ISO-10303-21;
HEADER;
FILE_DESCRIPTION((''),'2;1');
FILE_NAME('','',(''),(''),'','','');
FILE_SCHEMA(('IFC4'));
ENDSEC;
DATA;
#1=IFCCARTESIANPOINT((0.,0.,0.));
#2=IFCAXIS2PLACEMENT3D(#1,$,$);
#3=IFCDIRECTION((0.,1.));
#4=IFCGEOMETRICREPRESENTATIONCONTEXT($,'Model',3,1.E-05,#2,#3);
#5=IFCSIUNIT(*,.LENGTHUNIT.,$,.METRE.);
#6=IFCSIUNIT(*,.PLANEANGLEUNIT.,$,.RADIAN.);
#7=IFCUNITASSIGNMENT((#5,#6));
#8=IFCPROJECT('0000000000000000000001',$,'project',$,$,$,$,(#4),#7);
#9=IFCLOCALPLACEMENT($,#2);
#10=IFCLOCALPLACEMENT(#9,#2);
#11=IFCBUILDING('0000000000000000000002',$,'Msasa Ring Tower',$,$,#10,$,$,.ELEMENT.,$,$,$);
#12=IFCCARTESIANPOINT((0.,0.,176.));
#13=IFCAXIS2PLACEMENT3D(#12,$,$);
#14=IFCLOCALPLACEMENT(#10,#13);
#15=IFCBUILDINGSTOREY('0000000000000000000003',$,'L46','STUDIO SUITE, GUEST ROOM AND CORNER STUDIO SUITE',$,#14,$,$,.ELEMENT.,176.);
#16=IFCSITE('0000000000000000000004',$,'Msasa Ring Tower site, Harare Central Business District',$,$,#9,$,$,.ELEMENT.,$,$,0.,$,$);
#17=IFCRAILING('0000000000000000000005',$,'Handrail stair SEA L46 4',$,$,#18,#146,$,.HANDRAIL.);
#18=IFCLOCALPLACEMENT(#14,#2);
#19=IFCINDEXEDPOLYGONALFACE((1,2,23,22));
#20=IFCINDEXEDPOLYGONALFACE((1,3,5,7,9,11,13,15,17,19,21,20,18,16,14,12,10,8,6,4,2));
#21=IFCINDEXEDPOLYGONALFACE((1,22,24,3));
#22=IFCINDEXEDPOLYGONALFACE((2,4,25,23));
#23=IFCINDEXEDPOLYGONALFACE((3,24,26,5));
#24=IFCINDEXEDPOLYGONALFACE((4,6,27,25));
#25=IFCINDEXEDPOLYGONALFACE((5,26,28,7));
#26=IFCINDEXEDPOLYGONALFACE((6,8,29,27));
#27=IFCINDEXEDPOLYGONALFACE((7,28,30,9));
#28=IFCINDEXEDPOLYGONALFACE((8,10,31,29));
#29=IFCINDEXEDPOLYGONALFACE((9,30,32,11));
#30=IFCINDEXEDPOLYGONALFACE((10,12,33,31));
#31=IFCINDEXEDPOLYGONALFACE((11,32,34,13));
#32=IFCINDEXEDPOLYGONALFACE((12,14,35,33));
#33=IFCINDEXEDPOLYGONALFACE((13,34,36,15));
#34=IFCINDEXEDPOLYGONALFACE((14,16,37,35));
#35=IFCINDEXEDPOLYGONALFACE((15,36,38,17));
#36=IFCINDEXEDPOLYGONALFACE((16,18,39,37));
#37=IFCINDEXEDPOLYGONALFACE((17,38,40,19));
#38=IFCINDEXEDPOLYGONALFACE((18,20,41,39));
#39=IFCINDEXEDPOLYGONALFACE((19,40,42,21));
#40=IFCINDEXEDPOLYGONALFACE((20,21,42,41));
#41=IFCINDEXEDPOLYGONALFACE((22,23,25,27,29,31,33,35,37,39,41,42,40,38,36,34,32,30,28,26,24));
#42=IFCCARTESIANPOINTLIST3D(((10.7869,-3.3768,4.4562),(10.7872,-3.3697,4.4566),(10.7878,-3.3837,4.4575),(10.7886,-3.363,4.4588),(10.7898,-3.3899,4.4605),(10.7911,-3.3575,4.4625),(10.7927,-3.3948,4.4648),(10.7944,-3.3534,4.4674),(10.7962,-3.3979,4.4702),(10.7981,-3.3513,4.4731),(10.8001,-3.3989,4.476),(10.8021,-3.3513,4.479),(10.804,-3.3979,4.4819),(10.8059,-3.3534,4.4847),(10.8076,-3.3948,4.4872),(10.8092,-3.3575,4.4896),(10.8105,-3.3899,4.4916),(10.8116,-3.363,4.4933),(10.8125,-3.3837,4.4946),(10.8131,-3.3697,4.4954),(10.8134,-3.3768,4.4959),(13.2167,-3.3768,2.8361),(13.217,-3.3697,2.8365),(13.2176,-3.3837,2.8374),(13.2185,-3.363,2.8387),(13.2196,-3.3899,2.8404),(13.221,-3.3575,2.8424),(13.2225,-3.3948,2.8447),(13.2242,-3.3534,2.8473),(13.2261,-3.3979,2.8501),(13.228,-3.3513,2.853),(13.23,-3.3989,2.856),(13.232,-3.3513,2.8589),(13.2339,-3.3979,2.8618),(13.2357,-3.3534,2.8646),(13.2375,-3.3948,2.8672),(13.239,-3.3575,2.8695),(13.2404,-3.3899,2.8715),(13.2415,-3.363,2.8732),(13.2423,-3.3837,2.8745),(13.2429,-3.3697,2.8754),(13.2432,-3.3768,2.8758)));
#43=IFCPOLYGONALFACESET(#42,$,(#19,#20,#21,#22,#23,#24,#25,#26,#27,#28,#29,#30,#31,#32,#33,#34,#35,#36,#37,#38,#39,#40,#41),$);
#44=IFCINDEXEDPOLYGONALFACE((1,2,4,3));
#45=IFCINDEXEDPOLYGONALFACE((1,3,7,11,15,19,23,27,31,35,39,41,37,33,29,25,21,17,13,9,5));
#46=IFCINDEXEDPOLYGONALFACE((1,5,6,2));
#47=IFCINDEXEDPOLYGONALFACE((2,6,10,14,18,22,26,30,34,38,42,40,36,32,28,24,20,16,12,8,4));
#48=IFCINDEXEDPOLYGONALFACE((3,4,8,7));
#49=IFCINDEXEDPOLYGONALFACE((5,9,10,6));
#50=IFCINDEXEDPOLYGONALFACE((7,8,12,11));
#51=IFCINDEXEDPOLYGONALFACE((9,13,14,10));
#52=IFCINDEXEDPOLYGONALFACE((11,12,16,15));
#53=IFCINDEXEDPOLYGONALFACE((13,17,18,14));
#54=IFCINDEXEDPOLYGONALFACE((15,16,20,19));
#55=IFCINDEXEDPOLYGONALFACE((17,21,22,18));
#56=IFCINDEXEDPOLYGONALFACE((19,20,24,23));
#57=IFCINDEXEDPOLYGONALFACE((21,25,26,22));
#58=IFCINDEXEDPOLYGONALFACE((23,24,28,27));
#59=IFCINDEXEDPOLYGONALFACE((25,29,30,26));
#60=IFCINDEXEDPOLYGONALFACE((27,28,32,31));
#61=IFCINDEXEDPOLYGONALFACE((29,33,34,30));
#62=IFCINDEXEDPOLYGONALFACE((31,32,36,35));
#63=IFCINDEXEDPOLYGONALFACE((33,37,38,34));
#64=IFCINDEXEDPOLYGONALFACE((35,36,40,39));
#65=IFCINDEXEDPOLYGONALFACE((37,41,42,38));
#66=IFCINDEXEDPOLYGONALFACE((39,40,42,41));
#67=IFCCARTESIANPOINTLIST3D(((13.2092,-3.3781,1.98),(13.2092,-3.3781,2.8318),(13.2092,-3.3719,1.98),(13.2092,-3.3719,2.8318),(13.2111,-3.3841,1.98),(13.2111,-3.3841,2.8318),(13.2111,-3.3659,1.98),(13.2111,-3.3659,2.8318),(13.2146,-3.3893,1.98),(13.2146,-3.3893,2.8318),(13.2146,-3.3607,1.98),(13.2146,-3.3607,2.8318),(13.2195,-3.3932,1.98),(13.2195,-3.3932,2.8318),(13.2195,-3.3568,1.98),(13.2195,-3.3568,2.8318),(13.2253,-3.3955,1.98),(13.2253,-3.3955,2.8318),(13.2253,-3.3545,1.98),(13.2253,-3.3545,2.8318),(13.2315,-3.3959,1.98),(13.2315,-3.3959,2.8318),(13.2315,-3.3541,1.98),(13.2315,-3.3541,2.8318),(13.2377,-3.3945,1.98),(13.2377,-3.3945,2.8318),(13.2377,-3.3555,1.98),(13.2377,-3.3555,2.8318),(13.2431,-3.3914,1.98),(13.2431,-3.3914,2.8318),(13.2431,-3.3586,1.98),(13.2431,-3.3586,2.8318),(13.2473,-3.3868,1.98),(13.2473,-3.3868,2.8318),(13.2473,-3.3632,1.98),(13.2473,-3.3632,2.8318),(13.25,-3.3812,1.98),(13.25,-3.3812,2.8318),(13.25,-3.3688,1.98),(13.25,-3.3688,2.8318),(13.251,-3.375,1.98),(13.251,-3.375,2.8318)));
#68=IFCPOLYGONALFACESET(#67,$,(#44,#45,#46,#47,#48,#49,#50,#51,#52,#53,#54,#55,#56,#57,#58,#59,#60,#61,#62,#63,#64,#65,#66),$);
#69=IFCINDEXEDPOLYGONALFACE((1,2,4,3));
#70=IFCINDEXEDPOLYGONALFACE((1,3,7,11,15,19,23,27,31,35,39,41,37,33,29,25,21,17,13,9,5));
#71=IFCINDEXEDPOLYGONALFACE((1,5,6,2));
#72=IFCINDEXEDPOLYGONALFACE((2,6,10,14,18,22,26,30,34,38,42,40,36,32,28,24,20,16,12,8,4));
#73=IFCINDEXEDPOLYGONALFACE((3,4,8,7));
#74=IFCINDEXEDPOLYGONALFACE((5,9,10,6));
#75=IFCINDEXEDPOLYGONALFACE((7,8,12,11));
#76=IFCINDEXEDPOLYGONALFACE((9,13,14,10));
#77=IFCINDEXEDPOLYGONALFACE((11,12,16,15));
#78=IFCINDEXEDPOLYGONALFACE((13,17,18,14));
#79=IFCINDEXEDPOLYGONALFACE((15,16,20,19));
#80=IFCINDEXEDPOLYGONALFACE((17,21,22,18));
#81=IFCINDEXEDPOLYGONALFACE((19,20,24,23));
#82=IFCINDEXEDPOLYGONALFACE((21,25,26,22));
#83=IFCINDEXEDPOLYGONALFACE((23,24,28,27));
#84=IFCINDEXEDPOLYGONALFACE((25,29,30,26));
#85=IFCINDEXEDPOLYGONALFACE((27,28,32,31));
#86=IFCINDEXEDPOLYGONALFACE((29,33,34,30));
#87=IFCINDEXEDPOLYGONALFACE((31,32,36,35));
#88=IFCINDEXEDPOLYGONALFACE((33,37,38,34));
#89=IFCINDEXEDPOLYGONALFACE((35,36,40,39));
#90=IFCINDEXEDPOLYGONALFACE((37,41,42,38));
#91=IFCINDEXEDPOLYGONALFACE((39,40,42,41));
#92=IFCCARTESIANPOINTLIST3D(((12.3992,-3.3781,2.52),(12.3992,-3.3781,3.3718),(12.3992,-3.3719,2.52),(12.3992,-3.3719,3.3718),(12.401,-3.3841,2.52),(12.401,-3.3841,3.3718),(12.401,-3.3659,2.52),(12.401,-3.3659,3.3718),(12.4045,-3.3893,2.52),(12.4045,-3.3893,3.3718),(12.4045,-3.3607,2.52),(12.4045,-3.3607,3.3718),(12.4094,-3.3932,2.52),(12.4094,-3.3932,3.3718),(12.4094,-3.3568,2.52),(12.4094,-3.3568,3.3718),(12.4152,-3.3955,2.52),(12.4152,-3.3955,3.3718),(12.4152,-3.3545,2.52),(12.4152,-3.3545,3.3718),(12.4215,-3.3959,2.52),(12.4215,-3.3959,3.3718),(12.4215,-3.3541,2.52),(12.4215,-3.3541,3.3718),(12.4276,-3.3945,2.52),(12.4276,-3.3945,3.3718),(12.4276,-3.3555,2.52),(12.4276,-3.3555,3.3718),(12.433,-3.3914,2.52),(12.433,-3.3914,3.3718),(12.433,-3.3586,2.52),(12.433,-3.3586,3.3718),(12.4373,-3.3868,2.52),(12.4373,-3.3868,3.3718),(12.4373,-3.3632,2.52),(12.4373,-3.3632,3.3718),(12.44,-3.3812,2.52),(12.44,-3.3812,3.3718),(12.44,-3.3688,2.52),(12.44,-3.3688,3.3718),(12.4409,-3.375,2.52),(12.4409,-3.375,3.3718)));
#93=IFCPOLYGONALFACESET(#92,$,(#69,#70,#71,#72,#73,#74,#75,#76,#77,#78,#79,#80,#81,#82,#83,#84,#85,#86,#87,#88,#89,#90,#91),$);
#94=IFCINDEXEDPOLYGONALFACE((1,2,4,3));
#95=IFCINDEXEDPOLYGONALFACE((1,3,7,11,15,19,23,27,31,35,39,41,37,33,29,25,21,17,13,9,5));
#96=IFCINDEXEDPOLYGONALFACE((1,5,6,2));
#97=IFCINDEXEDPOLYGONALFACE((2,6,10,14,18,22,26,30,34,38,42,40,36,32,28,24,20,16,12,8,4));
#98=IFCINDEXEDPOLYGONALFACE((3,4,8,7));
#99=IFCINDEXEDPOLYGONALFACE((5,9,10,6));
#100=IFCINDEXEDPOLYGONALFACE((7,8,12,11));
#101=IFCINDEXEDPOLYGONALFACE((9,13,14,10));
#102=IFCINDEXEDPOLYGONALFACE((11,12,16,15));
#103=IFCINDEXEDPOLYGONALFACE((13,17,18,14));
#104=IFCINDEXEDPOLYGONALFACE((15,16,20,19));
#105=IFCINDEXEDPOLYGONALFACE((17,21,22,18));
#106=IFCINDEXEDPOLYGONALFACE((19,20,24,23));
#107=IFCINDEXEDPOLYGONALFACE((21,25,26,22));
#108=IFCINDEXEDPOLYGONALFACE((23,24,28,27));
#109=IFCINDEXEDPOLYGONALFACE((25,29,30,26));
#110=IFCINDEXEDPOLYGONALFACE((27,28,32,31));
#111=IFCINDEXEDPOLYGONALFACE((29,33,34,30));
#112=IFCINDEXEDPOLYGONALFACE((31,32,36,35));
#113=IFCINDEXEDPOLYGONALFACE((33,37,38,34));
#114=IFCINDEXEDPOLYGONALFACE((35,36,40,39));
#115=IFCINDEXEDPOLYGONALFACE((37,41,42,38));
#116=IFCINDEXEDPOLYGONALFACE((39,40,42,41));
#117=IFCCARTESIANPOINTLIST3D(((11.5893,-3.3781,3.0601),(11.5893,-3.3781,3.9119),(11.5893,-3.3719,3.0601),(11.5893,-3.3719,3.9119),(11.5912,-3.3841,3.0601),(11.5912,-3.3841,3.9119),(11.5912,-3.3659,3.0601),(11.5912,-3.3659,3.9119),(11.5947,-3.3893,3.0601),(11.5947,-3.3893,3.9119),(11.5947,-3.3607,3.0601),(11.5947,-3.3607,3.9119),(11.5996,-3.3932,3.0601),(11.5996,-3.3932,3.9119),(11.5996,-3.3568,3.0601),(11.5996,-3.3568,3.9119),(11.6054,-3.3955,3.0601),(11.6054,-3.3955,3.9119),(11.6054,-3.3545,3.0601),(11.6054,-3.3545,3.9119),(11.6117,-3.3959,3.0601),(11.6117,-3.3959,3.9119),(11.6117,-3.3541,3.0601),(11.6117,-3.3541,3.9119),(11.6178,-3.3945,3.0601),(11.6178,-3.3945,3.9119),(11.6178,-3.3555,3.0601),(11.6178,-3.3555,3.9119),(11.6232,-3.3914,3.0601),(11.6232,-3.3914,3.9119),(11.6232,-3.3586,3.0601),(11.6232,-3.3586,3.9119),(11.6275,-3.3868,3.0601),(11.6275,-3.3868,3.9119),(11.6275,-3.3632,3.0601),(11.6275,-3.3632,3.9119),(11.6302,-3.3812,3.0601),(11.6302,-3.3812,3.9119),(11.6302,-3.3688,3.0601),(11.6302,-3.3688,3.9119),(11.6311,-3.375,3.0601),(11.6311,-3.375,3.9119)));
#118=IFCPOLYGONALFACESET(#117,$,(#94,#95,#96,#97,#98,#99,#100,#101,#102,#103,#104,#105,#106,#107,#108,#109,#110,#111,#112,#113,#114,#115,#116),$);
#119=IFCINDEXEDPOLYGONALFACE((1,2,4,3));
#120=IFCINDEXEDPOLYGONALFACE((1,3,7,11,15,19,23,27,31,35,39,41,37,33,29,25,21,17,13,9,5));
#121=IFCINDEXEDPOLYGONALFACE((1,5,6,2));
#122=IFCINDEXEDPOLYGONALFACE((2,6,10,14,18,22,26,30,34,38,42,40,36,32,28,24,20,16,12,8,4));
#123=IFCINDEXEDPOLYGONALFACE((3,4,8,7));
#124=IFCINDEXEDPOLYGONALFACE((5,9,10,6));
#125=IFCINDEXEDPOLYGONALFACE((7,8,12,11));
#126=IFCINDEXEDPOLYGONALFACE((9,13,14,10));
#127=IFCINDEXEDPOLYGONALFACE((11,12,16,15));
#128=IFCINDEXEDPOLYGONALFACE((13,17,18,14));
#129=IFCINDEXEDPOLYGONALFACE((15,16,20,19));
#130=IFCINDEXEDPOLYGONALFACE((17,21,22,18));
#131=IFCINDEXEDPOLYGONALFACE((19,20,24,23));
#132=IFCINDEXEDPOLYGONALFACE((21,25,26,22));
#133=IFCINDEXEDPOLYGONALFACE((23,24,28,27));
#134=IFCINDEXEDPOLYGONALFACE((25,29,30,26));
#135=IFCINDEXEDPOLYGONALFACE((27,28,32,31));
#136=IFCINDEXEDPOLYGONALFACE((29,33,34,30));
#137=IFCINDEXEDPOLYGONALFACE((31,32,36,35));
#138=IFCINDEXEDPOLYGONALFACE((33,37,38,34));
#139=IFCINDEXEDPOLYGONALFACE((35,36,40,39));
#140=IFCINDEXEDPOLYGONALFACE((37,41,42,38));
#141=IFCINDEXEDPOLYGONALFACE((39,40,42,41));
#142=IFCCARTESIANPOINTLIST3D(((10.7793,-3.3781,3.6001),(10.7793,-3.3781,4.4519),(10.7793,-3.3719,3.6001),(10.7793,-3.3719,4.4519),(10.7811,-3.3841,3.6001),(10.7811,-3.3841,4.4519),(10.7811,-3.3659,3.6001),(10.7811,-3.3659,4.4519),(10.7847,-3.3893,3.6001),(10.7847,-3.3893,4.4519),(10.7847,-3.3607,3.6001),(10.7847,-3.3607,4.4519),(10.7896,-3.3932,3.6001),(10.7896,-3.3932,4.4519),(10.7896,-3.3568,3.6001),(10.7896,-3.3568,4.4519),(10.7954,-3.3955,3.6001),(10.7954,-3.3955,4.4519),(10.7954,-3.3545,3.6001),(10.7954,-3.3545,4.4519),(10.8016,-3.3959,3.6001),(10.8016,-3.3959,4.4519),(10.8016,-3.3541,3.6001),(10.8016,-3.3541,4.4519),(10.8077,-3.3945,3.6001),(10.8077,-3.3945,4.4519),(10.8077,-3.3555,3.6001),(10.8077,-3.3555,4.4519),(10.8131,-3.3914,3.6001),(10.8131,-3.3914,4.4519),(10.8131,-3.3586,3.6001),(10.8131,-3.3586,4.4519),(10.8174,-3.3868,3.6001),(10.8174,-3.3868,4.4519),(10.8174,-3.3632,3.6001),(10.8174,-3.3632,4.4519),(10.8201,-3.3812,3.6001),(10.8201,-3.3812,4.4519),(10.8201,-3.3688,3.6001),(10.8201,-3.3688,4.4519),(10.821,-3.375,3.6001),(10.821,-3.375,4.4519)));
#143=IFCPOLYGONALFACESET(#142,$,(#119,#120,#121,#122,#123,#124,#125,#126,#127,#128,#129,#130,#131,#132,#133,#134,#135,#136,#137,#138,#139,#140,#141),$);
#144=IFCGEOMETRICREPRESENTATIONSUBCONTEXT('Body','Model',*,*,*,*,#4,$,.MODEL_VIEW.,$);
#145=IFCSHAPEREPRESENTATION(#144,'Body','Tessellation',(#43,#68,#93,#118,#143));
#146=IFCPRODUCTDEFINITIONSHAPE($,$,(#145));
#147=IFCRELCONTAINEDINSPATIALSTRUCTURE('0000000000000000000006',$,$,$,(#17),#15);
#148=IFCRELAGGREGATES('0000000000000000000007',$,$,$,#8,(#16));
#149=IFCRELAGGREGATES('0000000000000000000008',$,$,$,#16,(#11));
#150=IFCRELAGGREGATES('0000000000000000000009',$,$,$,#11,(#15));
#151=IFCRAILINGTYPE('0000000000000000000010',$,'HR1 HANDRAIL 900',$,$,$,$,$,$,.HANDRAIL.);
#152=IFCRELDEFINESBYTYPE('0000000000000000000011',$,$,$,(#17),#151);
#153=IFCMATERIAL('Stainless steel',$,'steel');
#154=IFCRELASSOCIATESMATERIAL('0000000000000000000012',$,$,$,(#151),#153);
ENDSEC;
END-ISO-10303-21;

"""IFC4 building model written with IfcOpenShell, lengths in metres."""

from ifc_helpers import new_model, si_unit, direction, frame, origin, origin_2d, place, context, subcontext, project, spatial, circle, extrude, material, type_object, element, save


model = new_model("IFC4")

# Units and contexts
model_context = context("Model", 3, precision=1e-05, world=origin(), true_north=direction((0.0, 1.0)))
body_context = subcontext(model_context, "Body", "Model", "MODEL_VIEW")
ifc_project = project(units=[si_unit("LENGTHUNIT", "METRE"), si_unit("PLANEANGLEUNIT", "RADIAN")], contexts=[model_context])

# Site, building, storey
site_placement = place(None, origin())
site = spatial("IfcSite", under=ifc_project, at=site_placement, Name="Msasa Ring Tower site, Harare Central Business District", CompositionType="ELEMENT", RefElevation=0.0)
building_placement = place(site_placement, origin())
building = spatial("IfcBuilding", under=site, at=building_placement, Name="Msasa Ring Tower", CompositionType="ELEMENT")
storey_placement = place(building_placement, frame((0.0, 0.0, 176.0)))
storey = spatial("IfcBuildingStorey", under=building, at=storey_placement, Name="L46", Description="STUDIO SUITE, GUEST ROOM AND CORNER STUDIO SUITE", CompositionType="ELEMENT", Elevation=176.0)

# Railing
ifc_material_1 = material(Name="Stainless steel", Category="steel")
railing_type = type_object("IfcRailingType", Name="HR1 HANDRAIL 900", PredefinedType="HANDRAIL", material=ifc_material_1)
for number, where, name in (
    (1, (13.23, -3.375, 1.98), "Handrail stair SEA L46 4"),
):
    element("IfcRailing", number, at=place(storey_placement, frame(where)), inside=storey, type_object=railing_type, Name=name, PredefinedType="HANDRAIL", context=body_context, shape_type="SweptSolid", body=[
        extrude(circle(Radius=0.0239, at=origin_2d()), frame((0.0, 0.0, 0.876), z_axis=(-0.832025, 0.0, 0.554739), x_axis=(0.0, -1.0, 0.0)), (0.0, 0.0, 1.0), 2.9204),
        extrude(circle(Radius=0.021, at=origin_2d()), origin(), (0.0, 0.0, 1.0), 0.8518),
        extrude(circle(Radius=0.021, at=origin_2d()), frame((-0.8101, 0.0, 0.54)), (0.0, 0.0, 1.0), 0.8518),
        extrude(circle(Radius=0.021, at=origin_2d()), frame((-1.6199, 0.0, 1.0801)), (0.0, 0.0, 1.0), 0.8518),
        extrude(circle(Radius=0.021, at=origin_2d()), frame((-2.4299, 0.0, 1.6201)), (0.0, 0.0, 1.0), 0.8518),
    ])

save(model, "model.ifc")
